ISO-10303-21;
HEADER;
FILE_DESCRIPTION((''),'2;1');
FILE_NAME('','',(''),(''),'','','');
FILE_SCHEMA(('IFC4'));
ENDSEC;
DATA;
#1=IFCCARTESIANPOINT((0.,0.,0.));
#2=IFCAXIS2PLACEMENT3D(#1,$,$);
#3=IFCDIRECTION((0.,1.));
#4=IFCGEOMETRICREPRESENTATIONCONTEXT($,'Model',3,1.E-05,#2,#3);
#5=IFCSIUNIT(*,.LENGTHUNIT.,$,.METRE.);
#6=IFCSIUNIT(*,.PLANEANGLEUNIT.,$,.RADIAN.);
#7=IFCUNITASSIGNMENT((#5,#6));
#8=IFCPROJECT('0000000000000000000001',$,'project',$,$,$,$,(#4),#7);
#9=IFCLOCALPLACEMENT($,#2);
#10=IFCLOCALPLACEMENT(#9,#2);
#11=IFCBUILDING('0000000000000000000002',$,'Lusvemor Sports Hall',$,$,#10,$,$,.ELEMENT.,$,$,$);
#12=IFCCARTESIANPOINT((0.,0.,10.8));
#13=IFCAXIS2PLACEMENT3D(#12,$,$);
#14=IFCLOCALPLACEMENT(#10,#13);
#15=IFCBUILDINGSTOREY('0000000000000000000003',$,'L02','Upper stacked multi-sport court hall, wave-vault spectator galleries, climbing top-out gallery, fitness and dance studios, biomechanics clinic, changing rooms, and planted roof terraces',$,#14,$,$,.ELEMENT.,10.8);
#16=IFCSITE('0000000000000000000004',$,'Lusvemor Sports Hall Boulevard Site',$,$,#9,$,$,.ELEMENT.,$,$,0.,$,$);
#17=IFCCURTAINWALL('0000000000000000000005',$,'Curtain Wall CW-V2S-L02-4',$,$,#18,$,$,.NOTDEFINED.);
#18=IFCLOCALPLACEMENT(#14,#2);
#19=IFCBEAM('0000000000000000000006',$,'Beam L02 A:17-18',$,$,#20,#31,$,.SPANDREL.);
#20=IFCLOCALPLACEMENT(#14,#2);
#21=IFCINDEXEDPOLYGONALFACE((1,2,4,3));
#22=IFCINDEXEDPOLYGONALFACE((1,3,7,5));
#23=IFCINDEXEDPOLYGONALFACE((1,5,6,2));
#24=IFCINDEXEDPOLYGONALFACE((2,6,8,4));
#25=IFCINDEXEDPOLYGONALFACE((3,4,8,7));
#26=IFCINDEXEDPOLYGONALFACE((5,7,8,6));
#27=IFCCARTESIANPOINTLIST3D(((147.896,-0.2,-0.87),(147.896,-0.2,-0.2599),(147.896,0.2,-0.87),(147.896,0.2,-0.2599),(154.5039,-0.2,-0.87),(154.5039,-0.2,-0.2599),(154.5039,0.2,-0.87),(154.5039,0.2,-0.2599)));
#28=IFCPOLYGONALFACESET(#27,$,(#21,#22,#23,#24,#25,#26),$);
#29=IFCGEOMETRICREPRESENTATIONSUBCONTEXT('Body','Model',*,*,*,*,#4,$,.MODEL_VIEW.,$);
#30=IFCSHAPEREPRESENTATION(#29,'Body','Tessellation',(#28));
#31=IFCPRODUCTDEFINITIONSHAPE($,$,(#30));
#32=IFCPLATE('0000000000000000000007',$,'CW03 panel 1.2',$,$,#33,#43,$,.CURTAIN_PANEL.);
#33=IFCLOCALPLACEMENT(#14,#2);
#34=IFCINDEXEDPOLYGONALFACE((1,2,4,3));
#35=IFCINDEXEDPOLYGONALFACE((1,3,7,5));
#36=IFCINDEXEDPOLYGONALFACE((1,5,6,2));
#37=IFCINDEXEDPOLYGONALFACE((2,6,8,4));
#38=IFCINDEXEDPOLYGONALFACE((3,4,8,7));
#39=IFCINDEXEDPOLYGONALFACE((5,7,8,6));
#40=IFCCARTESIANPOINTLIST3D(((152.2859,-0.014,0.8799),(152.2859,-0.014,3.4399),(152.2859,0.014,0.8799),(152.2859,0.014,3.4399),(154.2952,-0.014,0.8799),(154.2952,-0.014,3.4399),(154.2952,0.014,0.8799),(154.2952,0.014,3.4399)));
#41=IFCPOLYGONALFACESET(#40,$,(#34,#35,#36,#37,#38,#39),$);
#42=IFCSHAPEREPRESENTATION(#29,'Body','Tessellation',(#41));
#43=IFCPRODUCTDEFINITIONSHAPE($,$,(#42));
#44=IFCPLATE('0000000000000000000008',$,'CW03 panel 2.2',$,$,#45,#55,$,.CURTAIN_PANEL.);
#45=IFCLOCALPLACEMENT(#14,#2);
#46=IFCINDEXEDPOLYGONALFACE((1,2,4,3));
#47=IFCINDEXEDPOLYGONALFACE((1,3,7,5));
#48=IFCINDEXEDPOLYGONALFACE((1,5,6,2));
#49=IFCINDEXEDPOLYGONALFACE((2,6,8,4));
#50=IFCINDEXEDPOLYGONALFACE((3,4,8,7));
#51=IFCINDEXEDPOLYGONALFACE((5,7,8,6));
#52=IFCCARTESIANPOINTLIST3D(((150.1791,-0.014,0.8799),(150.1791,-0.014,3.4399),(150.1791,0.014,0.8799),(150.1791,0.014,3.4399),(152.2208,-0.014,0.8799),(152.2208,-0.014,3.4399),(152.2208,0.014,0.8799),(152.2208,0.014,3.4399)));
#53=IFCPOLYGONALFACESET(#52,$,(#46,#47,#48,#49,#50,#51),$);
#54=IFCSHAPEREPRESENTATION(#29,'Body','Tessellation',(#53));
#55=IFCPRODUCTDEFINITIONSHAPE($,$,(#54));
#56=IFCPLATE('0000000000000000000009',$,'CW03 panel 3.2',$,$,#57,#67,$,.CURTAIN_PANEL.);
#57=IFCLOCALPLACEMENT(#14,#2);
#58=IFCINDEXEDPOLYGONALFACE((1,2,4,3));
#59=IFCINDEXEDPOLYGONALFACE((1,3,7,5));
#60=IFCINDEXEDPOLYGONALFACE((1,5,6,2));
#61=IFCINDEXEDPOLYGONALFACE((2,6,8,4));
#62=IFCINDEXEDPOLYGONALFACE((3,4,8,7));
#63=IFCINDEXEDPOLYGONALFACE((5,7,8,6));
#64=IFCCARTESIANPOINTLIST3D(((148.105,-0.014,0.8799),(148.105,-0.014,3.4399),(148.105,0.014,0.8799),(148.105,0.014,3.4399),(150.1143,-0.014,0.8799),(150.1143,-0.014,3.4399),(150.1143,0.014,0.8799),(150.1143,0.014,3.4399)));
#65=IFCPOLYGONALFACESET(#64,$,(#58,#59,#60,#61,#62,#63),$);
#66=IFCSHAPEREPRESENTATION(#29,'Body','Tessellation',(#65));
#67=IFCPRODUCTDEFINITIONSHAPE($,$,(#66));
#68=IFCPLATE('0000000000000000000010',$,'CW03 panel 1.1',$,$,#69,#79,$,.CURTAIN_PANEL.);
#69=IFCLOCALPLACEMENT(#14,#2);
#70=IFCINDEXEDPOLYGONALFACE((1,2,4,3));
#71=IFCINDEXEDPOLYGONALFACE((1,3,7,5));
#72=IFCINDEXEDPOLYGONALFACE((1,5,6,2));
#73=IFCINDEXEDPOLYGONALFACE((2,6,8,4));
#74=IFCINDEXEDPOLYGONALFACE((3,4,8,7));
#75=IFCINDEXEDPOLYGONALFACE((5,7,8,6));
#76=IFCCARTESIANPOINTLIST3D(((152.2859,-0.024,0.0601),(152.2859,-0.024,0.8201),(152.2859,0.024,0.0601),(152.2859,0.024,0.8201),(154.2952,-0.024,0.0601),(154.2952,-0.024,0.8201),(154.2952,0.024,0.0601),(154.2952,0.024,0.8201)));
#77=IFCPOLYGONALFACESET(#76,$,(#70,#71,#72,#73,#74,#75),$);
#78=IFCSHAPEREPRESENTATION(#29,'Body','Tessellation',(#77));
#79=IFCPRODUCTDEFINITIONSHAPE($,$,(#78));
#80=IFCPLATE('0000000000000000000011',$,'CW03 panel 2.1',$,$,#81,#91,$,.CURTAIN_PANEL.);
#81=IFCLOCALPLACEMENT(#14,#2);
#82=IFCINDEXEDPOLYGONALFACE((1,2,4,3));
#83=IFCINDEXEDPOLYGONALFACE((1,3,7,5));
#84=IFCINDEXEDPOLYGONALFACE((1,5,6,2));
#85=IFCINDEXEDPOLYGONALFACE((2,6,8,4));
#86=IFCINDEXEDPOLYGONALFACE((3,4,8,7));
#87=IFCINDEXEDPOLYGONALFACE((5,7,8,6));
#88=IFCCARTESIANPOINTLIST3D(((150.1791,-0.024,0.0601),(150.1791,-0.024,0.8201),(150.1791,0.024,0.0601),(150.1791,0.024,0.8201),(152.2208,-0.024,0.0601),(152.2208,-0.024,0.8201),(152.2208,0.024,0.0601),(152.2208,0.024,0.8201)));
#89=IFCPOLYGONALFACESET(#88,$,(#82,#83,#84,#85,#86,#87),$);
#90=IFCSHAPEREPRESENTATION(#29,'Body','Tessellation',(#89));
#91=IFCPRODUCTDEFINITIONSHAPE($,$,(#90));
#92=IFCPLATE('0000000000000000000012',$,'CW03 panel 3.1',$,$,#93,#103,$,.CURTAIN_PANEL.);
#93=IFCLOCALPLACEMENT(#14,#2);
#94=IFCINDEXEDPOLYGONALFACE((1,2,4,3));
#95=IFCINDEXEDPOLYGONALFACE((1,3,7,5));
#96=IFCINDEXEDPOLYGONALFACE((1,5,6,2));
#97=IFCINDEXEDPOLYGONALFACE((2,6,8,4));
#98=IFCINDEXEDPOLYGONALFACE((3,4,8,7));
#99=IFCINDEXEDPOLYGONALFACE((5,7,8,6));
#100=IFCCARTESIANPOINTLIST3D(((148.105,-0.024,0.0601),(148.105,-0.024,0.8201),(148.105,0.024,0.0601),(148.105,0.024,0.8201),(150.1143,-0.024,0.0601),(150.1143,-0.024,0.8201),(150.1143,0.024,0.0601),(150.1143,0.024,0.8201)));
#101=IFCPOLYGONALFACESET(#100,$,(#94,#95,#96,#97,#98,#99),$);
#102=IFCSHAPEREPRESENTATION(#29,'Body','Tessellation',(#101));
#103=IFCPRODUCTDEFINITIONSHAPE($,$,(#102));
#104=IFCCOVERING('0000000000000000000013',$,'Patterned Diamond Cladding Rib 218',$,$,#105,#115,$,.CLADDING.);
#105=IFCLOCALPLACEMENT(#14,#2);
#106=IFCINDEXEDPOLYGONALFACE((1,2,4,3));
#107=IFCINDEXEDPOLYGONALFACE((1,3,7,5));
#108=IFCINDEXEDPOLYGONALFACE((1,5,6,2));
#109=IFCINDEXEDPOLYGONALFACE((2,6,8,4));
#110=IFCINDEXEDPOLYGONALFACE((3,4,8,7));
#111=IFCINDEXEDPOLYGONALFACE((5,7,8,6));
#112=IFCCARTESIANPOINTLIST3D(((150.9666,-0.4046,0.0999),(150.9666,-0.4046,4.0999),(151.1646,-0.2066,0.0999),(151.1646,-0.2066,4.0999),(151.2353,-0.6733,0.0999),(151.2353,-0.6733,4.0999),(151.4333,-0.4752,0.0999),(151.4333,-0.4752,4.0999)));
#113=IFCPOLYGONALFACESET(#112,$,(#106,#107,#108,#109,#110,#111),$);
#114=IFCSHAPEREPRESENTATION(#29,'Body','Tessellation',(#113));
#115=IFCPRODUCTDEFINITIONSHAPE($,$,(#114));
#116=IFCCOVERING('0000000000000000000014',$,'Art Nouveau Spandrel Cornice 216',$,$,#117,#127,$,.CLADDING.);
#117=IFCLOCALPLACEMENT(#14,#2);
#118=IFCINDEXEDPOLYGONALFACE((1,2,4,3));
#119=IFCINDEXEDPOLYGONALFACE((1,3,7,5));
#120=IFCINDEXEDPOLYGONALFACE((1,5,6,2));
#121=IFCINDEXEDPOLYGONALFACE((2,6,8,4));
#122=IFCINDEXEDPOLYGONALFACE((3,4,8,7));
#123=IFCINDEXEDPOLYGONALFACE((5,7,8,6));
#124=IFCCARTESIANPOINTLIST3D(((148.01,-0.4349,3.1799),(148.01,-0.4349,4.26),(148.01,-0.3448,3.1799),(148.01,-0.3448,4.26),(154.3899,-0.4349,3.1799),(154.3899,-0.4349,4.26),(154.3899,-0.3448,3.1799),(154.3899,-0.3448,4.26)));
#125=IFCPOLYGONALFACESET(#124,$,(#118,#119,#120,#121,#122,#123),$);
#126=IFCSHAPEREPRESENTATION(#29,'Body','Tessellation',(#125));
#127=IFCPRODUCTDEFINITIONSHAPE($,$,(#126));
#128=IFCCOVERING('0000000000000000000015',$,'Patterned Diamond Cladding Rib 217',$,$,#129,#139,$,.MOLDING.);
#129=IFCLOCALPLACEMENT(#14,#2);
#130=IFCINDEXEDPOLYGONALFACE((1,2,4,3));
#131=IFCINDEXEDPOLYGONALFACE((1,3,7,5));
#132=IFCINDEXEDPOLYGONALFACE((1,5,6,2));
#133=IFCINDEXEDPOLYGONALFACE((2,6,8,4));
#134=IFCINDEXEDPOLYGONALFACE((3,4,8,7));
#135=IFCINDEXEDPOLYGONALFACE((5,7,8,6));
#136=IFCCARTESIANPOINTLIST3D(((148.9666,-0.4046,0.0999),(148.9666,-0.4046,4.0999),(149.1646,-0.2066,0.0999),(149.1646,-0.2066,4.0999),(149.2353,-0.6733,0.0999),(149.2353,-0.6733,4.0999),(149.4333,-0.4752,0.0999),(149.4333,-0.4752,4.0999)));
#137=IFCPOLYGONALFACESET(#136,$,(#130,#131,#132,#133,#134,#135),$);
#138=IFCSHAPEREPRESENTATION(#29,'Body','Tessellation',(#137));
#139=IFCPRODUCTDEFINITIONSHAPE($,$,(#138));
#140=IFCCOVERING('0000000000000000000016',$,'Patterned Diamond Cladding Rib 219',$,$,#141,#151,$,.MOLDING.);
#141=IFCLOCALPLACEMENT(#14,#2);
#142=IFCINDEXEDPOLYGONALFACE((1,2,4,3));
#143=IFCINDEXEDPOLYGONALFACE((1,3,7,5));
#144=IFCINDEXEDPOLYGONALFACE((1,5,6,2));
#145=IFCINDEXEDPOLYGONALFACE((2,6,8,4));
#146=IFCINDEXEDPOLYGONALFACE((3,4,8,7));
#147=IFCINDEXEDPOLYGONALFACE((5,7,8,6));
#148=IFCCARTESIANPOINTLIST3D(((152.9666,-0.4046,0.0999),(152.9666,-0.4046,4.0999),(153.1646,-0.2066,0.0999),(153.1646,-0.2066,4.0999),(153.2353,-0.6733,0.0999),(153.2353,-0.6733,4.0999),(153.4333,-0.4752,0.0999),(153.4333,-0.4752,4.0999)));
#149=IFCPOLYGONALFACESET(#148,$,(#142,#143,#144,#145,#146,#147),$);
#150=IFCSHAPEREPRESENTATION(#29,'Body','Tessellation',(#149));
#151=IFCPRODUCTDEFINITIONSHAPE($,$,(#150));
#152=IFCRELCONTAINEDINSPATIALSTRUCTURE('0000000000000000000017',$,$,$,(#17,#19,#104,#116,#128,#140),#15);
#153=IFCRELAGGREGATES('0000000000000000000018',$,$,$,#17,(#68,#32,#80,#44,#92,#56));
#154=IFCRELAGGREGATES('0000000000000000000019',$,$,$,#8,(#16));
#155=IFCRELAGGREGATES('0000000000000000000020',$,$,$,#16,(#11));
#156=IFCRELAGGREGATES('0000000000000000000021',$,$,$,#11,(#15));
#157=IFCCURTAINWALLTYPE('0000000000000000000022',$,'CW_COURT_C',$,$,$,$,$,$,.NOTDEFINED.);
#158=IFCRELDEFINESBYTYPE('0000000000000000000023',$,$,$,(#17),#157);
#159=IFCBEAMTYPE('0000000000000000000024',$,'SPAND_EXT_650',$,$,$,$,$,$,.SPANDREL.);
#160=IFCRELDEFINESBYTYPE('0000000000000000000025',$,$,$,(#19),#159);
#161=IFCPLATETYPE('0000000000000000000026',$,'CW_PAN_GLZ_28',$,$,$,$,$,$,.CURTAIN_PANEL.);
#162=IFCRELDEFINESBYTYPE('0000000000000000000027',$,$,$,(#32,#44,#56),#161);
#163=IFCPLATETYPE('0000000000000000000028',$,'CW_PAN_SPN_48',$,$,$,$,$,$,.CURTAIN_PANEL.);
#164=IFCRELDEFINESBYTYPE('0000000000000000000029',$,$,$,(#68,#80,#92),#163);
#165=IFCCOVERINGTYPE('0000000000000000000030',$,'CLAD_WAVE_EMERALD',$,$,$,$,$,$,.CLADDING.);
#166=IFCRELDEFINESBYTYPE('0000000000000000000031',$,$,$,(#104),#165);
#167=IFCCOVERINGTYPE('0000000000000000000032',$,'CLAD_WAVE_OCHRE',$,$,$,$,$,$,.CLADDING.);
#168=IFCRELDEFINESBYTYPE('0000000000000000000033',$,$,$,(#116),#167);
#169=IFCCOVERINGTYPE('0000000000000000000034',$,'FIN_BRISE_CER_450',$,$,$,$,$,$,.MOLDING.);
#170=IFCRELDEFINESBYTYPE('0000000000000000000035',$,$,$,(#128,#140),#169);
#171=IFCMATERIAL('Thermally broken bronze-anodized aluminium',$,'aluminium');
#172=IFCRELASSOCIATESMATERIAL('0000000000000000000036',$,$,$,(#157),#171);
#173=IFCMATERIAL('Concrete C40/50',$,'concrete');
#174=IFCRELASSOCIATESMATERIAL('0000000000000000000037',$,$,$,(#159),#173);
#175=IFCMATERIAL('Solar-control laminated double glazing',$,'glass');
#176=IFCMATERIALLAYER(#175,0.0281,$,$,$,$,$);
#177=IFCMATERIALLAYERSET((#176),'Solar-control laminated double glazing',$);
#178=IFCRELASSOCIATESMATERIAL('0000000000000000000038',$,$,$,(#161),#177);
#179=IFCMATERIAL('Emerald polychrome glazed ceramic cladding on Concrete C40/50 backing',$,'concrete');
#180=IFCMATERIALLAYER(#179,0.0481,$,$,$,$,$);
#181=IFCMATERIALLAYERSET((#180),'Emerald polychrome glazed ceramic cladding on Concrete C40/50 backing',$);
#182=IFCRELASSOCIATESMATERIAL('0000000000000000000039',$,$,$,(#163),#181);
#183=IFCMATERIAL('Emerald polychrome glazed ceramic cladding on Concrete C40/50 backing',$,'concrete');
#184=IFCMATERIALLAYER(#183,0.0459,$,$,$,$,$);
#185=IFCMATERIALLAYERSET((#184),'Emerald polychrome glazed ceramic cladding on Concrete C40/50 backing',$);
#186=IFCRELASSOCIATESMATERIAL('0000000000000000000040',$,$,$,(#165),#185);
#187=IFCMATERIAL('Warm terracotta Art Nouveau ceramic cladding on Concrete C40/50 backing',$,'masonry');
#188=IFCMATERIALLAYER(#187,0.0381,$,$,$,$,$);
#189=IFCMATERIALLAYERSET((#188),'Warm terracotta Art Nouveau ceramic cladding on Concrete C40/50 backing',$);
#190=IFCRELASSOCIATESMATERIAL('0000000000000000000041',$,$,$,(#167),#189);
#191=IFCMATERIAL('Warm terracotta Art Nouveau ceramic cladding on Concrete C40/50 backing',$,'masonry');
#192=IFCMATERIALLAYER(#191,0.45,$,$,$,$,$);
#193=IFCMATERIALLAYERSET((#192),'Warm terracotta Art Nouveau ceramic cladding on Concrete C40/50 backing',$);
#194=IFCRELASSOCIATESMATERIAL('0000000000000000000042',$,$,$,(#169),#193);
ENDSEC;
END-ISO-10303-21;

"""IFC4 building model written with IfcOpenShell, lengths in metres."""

from ifc_helpers import new_model, si_unit, direction, frame, origin, origin_2d, place, context, subcontext, project, spatial, rectangle, extrude, material, layer, layer_set, material_profile, profile_set, type_object, element, aggregate, save


model = new_model("IFC4")

# Units and contexts
model_context = context("Model", 3, precision=1e-05, world=origin(), true_north=direction((0.0, 1.0)))
body_context = subcontext(model_context, "Body", "Model", "MODEL_VIEW")
ifc_project = project(units=[si_unit("LENGTHUNIT", "METRE"), si_unit("PLANEANGLEUNIT", "RADIAN")], contexts=[model_context])

# Site, building, storey
site_placement = place(None, origin())
site = spatial("IfcSite", under=ifc_project, at=site_placement, Name="Lusvemor Sports Hall Boulevard Site", CompositionType="ELEMENT", RefElevation=0.0)
building_placement = place(site_placement, origin())
building = spatial("IfcBuilding", under=site, at=building_placement, Name="Lusvemor Sports Hall", CompositionType="ELEMENT")
storey_placement = place(building_placement, frame((0.0, 0.0, 10.8)))
storey = spatial("IfcBuildingStorey", under=building, at=storey_placement, Name="L02", Description="Upper stacked multi-sport court hall, wave-vault spectator galleries, climbing top-out gallery, fitness and dance studios, biomechanics clinic, changing rooms, and planted roof terraces", CompositionType="ELEMENT", Elevation=10.8)

# Shared definitions
ifc_material_1 = material(Name="Thermally broken bronze-anodized aluminium", Category="aluminium")
curtain_wall_type = type_object("IfcCurtainWallType", Name="CW_COURT_C", PredefinedType="NOTDEFINED", material=ifc_material_1)

# Curtain wall
curtain_wall_1_placement = place(storey_placement, origin())
curtain_wall_1 = element("IfcCurtainWall", 1, at=curtain_wall_1_placement, inside=storey, type_object=curtain_wall_type, Name="Curtain Wall CW-V2S-L02-4", PredefinedType="NOTDEFINED")

# Beam
ifc_material_2 = material(Name="Concrete C40/50", Category="concrete")
ifc_material_profile_1 = material_profile(ifc_material_2, rectangle(XDim=0.3999, YDim=0.6101, at=origin_2d()), Name="RC400x610")
ifc_profile_set_1 = profile_set([ifc_material_profile_1], Name="Concrete C40/50")
beam_type_1 = type_object("IfcBeamType", Name="SPAND_EXT_650", PredefinedType="SPANDREL", material=ifc_profile_set_1)
beam_1_placement = place(storey_placement, frame((147.896, 0.0, -0.5649), z_axis=(1.0, 0.0, 0.0), x_axis=(0.0, 1.0, 0.0)))
element("IfcBeam", 2, at=beam_1_placement, inside=storey, type_object=beam_type_1, Name="Beam L02 A:17-18", PredefinedType="SPANDREL", context=body_context, shape_type="SweptSolid", body=[
    extrude(rectangle(XDim=0.3999, YDim=0.6101, at=origin_2d()), origin(), (0.0, 0.0, 1.0), 6.6079),
])

# Plates
ifc_material_3 = material(Name="Solar-control laminated double glazing", Category="glass")
ifc_layer_1 = layer(ifc_material_3, 0.0281)
ifc_layer_set_1 = layer_set([ifc_layer_1], Name="Solar-control laminated double glazing")
plate_type_1 = type_object("IfcPlateType", Name="CW_PAN_GLZ_28", PredefinedType="CURTAIN_PANEL", material=ifc_layer_set_1)
plate_1_placement = place(storey_placement, frame((153.2905, 0.0, 0.8799), z_axis=(0.0, 0.0, 1.0), x_axis=(-1.0, 0.0, 0.0)))
plate_1 = element("IfcPlate", 3, at=plate_1_placement, type_object=plate_type_1, Name="CW03 panel 1.2", PredefinedType="CURTAIN_PANEL", context=body_context, shape_type="SweptSolid", body=[
    extrude(rectangle(XDim=2.0093, YDim=0.0281, at=origin_2d()), origin(), (0.0, 0.0, 1.0), 2.5601),
])
plate_2_placement = place(storey_placement, frame((151.2, 0.0, 0.8799), z_axis=(0.0, 0.0, 1.0), x_axis=(-1.0, 0.0, 0.0)))
plate_2 = element("IfcPlate", 4, at=plate_2_placement, type_object=plate_type_1, Name="CW03 panel 2.2", PredefinedType="CURTAIN_PANEL", context=body_context, shape_type="SweptSolid", body=[
    extrude(rectangle(XDim=2.0417, YDim=0.0281, at=origin_2d()), origin(), (0.0, 0.0, 1.0), 2.5601),
])
plate_3_placement = place(storey_placement, frame((149.1096, 0.0, 0.8799), z_axis=(0.0, 0.0, 1.0), x_axis=(-1.0, 0.0, 0.0)))
plate_3 = element("IfcPlate", 5, at=plate_3_placement, type_object=plate_type_1, Name="CW03 panel 3.2", PredefinedType="CURTAIN_PANEL", context=body_context, shape_type="SweptSolid", body=[
    extrude(rectangle(XDim=2.0093, YDim=0.0281, at=origin_2d()), origin(), (0.0, 0.0, 1.0), 2.5601),
])
ifc_material_4 = material(Name="Emerald polychrome glazed ceramic cladding on Concrete C40/50 backing", Category="concrete")
ifc_layer_2 = layer(ifc_material_4, 0.0481)
ifc_layer_set_2 = layer_set([ifc_layer_2], Name="Emerald polychrome glazed ceramic cladding on Concrete C40/50 backing")
plate_type_2 = type_object("IfcPlateType", Name="CW_PAN_SPN_48", PredefinedType="CURTAIN_PANEL", material=ifc_layer_set_2)
plate_4_placement = place(storey_placement, frame((153.2905, 0.0, 0.0601), z_axis=(0.0, 0.0, 1.0), x_axis=(-1.0, 0.0, 0.0)))
plate_4 = element("IfcPlate", 6, at=plate_4_placement, type_object=plate_type_2, Name="CW03 panel 1.1", PredefinedType="CURTAIN_PANEL", context=body_context, shape_type="SweptSolid", body=[
    extrude(rectangle(XDim=2.0093, YDim=0.0481, at=origin_2d()), origin(), (0.0, 0.0, 1.0), 0.76),
])
plate_5_placement = place(storey_placement, frame((151.2, 0.0, 0.0601), z_axis=(0.0, 0.0, 1.0), x_axis=(-1.0, 0.0, 0.0)))
plate_5 = element("IfcPlate", 7, at=plate_5_placement, type_object=plate_type_2, Name="CW03 panel 2.1", PredefinedType="CURTAIN_PANEL", context=body_context, shape_type="SweptSolid", body=[
    extrude(rectangle(XDim=2.0417, YDim=0.0481, at=origin_2d()), origin(), (0.0, 0.0, 1.0), 0.76),
])
plate_6_placement = place(storey_placement, frame((149.1096, 0.0, 0.0601), z_axis=(0.0, 0.0, 1.0), x_axis=(-1.0, 0.0, 0.0)))
plate_6 = element("IfcPlate", 8, at=plate_6_placement, type_object=plate_type_2, Name="CW03 panel 3.1", PredefinedType="CURTAIN_PANEL", context=body_context, shape_type="SweptSolid", body=[
    extrude(rectangle(XDim=2.0093, YDim=0.0481, at=origin_2d()), origin(), (0.0, 0.0, 1.0), 0.76),
])
aggregate(curtain_wall_1, [plate_4, plate_1, plate_5, plate_2, plate_6, plate_3])

# Coverings
ifc_material_5 = material(Name="Emerald polychrome glazed ceramic cladding on Concrete C40/50 backing", Category="concrete")
ifc_layer_3 = layer(ifc_material_5, 0.0459)
ifc_layer_set_3 = layer_set([ifc_layer_3], Name="Emerald polychrome glazed ceramic cladding on Concrete C40/50 backing")
covering_type_1 = type_object("IfcCoveringType", Name="CLAD_WAVE_EMERALD", PredefinedType="CLADDING", material=ifc_layer_set_3)
covering_1_placement = place(storey_placement, frame((151.2, -0.4399, 0.0999), z_axis=(0.0, 0.0, 1.0), x_axis=(0.707107, 0.707107, 0.0)))
element("IfcCovering", 9, at=covering_1_placement, inside=storey, type_object=covering_type_1, Name="Patterned Diamond Cladding Rib 218", PredefinedType="CLADDING", context=body_context, shape_type="SweptSolid", body=[
    extrude(rectangle(XDim=0.28, YDim=0.3799, at=origin_2d()), origin(), (0.0, 0.0, 1.0), 4.0),
])
ifc_material_6 = material(Name="Warm terracotta Art Nouveau ceramic cladding on Concrete C40/50 backing", Category="masonry")
ifc_layer_4 = layer(ifc_material_6, 0.0381)
ifc_layer_set_4 = layer_set([ifc_layer_4], Name="Warm terracotta Art Nouveau ceramic cladding on Concrete C40/50 backing")
covering_type_2 = type_object("IfcCoveringType", Name="CLAD_WAVE_OCHRE", PredefinedType="CLADDING", material=ifc_layer_set_4)
covering_2_placement = place(storey_placement, frame((151.2, -0.3899, 3.1799), z_axis=(0.0, 0.0, 1.0), x_axis=(1.0, 0.0, 0.0)))
element("IfcCovering", 10, at=covering_2_placement, inside=storey, type_object=covering_type_2, Name="Art Nouveau Spandrel Cornice 216", PredefinedType="CLADDING", context=body_context, shape_type="SweptSolid", body=[
    extrude(rectangle(XDim=6.3799, YDim=0.0901, at=origin_2d()), origin(), (0.0, 0.0, 1.0), 1.0801),
])
ifc_material_7 = material(Name="Warm terracotta Art Nouveau ceramic cladding on Concrete C40/50 backing", Category="masonry")
ifc_layer_5 = layer(ifc_material_7, 0.45)
ifc_layer_set_5 = layer_set([ifc_layer_5], Name="Warm terracotta Art Nouveau ceramic cladding on Concrete C40/50 backing")
covering_type_3 = type_object("IfcCoveringType", Name="FIN_BRISE_CER_450", PredefinedType="MOLDING", material=ifc_layer_set_5)
for number, where, z_axis, x_axis, name in (
    (11, (149.2, -0.4399, 0.0999), (0.0, 0.0, 1.0), (0.707107, 0.707107, 0.0), "Patterned Diamond Cladding Rib 217"),
    (12, (153.2, -0.4399, 0.0999), (0.0, 0.0, 1.0), (0.707107, 0.707107, 0.0), "Patterned Diamond Cladding Rib 219"),
):
    element("IfcCovering", number, at=place(storey_placement, frame(where, z_axis=z_axis, x_axis=x_axis)), inside=storey, type_object=covering_type_3, Name=name, PredefinedType="MOLDING", context=body_context, shape_type="SweptSolid", body=[
        extrude(rectangle(XDim=0.28, YDim=0.3799, at=origin_2d()), origin(), (0.0, 0.0, 1.0), 4.0),
    ])

save(model, "model.ifc")
